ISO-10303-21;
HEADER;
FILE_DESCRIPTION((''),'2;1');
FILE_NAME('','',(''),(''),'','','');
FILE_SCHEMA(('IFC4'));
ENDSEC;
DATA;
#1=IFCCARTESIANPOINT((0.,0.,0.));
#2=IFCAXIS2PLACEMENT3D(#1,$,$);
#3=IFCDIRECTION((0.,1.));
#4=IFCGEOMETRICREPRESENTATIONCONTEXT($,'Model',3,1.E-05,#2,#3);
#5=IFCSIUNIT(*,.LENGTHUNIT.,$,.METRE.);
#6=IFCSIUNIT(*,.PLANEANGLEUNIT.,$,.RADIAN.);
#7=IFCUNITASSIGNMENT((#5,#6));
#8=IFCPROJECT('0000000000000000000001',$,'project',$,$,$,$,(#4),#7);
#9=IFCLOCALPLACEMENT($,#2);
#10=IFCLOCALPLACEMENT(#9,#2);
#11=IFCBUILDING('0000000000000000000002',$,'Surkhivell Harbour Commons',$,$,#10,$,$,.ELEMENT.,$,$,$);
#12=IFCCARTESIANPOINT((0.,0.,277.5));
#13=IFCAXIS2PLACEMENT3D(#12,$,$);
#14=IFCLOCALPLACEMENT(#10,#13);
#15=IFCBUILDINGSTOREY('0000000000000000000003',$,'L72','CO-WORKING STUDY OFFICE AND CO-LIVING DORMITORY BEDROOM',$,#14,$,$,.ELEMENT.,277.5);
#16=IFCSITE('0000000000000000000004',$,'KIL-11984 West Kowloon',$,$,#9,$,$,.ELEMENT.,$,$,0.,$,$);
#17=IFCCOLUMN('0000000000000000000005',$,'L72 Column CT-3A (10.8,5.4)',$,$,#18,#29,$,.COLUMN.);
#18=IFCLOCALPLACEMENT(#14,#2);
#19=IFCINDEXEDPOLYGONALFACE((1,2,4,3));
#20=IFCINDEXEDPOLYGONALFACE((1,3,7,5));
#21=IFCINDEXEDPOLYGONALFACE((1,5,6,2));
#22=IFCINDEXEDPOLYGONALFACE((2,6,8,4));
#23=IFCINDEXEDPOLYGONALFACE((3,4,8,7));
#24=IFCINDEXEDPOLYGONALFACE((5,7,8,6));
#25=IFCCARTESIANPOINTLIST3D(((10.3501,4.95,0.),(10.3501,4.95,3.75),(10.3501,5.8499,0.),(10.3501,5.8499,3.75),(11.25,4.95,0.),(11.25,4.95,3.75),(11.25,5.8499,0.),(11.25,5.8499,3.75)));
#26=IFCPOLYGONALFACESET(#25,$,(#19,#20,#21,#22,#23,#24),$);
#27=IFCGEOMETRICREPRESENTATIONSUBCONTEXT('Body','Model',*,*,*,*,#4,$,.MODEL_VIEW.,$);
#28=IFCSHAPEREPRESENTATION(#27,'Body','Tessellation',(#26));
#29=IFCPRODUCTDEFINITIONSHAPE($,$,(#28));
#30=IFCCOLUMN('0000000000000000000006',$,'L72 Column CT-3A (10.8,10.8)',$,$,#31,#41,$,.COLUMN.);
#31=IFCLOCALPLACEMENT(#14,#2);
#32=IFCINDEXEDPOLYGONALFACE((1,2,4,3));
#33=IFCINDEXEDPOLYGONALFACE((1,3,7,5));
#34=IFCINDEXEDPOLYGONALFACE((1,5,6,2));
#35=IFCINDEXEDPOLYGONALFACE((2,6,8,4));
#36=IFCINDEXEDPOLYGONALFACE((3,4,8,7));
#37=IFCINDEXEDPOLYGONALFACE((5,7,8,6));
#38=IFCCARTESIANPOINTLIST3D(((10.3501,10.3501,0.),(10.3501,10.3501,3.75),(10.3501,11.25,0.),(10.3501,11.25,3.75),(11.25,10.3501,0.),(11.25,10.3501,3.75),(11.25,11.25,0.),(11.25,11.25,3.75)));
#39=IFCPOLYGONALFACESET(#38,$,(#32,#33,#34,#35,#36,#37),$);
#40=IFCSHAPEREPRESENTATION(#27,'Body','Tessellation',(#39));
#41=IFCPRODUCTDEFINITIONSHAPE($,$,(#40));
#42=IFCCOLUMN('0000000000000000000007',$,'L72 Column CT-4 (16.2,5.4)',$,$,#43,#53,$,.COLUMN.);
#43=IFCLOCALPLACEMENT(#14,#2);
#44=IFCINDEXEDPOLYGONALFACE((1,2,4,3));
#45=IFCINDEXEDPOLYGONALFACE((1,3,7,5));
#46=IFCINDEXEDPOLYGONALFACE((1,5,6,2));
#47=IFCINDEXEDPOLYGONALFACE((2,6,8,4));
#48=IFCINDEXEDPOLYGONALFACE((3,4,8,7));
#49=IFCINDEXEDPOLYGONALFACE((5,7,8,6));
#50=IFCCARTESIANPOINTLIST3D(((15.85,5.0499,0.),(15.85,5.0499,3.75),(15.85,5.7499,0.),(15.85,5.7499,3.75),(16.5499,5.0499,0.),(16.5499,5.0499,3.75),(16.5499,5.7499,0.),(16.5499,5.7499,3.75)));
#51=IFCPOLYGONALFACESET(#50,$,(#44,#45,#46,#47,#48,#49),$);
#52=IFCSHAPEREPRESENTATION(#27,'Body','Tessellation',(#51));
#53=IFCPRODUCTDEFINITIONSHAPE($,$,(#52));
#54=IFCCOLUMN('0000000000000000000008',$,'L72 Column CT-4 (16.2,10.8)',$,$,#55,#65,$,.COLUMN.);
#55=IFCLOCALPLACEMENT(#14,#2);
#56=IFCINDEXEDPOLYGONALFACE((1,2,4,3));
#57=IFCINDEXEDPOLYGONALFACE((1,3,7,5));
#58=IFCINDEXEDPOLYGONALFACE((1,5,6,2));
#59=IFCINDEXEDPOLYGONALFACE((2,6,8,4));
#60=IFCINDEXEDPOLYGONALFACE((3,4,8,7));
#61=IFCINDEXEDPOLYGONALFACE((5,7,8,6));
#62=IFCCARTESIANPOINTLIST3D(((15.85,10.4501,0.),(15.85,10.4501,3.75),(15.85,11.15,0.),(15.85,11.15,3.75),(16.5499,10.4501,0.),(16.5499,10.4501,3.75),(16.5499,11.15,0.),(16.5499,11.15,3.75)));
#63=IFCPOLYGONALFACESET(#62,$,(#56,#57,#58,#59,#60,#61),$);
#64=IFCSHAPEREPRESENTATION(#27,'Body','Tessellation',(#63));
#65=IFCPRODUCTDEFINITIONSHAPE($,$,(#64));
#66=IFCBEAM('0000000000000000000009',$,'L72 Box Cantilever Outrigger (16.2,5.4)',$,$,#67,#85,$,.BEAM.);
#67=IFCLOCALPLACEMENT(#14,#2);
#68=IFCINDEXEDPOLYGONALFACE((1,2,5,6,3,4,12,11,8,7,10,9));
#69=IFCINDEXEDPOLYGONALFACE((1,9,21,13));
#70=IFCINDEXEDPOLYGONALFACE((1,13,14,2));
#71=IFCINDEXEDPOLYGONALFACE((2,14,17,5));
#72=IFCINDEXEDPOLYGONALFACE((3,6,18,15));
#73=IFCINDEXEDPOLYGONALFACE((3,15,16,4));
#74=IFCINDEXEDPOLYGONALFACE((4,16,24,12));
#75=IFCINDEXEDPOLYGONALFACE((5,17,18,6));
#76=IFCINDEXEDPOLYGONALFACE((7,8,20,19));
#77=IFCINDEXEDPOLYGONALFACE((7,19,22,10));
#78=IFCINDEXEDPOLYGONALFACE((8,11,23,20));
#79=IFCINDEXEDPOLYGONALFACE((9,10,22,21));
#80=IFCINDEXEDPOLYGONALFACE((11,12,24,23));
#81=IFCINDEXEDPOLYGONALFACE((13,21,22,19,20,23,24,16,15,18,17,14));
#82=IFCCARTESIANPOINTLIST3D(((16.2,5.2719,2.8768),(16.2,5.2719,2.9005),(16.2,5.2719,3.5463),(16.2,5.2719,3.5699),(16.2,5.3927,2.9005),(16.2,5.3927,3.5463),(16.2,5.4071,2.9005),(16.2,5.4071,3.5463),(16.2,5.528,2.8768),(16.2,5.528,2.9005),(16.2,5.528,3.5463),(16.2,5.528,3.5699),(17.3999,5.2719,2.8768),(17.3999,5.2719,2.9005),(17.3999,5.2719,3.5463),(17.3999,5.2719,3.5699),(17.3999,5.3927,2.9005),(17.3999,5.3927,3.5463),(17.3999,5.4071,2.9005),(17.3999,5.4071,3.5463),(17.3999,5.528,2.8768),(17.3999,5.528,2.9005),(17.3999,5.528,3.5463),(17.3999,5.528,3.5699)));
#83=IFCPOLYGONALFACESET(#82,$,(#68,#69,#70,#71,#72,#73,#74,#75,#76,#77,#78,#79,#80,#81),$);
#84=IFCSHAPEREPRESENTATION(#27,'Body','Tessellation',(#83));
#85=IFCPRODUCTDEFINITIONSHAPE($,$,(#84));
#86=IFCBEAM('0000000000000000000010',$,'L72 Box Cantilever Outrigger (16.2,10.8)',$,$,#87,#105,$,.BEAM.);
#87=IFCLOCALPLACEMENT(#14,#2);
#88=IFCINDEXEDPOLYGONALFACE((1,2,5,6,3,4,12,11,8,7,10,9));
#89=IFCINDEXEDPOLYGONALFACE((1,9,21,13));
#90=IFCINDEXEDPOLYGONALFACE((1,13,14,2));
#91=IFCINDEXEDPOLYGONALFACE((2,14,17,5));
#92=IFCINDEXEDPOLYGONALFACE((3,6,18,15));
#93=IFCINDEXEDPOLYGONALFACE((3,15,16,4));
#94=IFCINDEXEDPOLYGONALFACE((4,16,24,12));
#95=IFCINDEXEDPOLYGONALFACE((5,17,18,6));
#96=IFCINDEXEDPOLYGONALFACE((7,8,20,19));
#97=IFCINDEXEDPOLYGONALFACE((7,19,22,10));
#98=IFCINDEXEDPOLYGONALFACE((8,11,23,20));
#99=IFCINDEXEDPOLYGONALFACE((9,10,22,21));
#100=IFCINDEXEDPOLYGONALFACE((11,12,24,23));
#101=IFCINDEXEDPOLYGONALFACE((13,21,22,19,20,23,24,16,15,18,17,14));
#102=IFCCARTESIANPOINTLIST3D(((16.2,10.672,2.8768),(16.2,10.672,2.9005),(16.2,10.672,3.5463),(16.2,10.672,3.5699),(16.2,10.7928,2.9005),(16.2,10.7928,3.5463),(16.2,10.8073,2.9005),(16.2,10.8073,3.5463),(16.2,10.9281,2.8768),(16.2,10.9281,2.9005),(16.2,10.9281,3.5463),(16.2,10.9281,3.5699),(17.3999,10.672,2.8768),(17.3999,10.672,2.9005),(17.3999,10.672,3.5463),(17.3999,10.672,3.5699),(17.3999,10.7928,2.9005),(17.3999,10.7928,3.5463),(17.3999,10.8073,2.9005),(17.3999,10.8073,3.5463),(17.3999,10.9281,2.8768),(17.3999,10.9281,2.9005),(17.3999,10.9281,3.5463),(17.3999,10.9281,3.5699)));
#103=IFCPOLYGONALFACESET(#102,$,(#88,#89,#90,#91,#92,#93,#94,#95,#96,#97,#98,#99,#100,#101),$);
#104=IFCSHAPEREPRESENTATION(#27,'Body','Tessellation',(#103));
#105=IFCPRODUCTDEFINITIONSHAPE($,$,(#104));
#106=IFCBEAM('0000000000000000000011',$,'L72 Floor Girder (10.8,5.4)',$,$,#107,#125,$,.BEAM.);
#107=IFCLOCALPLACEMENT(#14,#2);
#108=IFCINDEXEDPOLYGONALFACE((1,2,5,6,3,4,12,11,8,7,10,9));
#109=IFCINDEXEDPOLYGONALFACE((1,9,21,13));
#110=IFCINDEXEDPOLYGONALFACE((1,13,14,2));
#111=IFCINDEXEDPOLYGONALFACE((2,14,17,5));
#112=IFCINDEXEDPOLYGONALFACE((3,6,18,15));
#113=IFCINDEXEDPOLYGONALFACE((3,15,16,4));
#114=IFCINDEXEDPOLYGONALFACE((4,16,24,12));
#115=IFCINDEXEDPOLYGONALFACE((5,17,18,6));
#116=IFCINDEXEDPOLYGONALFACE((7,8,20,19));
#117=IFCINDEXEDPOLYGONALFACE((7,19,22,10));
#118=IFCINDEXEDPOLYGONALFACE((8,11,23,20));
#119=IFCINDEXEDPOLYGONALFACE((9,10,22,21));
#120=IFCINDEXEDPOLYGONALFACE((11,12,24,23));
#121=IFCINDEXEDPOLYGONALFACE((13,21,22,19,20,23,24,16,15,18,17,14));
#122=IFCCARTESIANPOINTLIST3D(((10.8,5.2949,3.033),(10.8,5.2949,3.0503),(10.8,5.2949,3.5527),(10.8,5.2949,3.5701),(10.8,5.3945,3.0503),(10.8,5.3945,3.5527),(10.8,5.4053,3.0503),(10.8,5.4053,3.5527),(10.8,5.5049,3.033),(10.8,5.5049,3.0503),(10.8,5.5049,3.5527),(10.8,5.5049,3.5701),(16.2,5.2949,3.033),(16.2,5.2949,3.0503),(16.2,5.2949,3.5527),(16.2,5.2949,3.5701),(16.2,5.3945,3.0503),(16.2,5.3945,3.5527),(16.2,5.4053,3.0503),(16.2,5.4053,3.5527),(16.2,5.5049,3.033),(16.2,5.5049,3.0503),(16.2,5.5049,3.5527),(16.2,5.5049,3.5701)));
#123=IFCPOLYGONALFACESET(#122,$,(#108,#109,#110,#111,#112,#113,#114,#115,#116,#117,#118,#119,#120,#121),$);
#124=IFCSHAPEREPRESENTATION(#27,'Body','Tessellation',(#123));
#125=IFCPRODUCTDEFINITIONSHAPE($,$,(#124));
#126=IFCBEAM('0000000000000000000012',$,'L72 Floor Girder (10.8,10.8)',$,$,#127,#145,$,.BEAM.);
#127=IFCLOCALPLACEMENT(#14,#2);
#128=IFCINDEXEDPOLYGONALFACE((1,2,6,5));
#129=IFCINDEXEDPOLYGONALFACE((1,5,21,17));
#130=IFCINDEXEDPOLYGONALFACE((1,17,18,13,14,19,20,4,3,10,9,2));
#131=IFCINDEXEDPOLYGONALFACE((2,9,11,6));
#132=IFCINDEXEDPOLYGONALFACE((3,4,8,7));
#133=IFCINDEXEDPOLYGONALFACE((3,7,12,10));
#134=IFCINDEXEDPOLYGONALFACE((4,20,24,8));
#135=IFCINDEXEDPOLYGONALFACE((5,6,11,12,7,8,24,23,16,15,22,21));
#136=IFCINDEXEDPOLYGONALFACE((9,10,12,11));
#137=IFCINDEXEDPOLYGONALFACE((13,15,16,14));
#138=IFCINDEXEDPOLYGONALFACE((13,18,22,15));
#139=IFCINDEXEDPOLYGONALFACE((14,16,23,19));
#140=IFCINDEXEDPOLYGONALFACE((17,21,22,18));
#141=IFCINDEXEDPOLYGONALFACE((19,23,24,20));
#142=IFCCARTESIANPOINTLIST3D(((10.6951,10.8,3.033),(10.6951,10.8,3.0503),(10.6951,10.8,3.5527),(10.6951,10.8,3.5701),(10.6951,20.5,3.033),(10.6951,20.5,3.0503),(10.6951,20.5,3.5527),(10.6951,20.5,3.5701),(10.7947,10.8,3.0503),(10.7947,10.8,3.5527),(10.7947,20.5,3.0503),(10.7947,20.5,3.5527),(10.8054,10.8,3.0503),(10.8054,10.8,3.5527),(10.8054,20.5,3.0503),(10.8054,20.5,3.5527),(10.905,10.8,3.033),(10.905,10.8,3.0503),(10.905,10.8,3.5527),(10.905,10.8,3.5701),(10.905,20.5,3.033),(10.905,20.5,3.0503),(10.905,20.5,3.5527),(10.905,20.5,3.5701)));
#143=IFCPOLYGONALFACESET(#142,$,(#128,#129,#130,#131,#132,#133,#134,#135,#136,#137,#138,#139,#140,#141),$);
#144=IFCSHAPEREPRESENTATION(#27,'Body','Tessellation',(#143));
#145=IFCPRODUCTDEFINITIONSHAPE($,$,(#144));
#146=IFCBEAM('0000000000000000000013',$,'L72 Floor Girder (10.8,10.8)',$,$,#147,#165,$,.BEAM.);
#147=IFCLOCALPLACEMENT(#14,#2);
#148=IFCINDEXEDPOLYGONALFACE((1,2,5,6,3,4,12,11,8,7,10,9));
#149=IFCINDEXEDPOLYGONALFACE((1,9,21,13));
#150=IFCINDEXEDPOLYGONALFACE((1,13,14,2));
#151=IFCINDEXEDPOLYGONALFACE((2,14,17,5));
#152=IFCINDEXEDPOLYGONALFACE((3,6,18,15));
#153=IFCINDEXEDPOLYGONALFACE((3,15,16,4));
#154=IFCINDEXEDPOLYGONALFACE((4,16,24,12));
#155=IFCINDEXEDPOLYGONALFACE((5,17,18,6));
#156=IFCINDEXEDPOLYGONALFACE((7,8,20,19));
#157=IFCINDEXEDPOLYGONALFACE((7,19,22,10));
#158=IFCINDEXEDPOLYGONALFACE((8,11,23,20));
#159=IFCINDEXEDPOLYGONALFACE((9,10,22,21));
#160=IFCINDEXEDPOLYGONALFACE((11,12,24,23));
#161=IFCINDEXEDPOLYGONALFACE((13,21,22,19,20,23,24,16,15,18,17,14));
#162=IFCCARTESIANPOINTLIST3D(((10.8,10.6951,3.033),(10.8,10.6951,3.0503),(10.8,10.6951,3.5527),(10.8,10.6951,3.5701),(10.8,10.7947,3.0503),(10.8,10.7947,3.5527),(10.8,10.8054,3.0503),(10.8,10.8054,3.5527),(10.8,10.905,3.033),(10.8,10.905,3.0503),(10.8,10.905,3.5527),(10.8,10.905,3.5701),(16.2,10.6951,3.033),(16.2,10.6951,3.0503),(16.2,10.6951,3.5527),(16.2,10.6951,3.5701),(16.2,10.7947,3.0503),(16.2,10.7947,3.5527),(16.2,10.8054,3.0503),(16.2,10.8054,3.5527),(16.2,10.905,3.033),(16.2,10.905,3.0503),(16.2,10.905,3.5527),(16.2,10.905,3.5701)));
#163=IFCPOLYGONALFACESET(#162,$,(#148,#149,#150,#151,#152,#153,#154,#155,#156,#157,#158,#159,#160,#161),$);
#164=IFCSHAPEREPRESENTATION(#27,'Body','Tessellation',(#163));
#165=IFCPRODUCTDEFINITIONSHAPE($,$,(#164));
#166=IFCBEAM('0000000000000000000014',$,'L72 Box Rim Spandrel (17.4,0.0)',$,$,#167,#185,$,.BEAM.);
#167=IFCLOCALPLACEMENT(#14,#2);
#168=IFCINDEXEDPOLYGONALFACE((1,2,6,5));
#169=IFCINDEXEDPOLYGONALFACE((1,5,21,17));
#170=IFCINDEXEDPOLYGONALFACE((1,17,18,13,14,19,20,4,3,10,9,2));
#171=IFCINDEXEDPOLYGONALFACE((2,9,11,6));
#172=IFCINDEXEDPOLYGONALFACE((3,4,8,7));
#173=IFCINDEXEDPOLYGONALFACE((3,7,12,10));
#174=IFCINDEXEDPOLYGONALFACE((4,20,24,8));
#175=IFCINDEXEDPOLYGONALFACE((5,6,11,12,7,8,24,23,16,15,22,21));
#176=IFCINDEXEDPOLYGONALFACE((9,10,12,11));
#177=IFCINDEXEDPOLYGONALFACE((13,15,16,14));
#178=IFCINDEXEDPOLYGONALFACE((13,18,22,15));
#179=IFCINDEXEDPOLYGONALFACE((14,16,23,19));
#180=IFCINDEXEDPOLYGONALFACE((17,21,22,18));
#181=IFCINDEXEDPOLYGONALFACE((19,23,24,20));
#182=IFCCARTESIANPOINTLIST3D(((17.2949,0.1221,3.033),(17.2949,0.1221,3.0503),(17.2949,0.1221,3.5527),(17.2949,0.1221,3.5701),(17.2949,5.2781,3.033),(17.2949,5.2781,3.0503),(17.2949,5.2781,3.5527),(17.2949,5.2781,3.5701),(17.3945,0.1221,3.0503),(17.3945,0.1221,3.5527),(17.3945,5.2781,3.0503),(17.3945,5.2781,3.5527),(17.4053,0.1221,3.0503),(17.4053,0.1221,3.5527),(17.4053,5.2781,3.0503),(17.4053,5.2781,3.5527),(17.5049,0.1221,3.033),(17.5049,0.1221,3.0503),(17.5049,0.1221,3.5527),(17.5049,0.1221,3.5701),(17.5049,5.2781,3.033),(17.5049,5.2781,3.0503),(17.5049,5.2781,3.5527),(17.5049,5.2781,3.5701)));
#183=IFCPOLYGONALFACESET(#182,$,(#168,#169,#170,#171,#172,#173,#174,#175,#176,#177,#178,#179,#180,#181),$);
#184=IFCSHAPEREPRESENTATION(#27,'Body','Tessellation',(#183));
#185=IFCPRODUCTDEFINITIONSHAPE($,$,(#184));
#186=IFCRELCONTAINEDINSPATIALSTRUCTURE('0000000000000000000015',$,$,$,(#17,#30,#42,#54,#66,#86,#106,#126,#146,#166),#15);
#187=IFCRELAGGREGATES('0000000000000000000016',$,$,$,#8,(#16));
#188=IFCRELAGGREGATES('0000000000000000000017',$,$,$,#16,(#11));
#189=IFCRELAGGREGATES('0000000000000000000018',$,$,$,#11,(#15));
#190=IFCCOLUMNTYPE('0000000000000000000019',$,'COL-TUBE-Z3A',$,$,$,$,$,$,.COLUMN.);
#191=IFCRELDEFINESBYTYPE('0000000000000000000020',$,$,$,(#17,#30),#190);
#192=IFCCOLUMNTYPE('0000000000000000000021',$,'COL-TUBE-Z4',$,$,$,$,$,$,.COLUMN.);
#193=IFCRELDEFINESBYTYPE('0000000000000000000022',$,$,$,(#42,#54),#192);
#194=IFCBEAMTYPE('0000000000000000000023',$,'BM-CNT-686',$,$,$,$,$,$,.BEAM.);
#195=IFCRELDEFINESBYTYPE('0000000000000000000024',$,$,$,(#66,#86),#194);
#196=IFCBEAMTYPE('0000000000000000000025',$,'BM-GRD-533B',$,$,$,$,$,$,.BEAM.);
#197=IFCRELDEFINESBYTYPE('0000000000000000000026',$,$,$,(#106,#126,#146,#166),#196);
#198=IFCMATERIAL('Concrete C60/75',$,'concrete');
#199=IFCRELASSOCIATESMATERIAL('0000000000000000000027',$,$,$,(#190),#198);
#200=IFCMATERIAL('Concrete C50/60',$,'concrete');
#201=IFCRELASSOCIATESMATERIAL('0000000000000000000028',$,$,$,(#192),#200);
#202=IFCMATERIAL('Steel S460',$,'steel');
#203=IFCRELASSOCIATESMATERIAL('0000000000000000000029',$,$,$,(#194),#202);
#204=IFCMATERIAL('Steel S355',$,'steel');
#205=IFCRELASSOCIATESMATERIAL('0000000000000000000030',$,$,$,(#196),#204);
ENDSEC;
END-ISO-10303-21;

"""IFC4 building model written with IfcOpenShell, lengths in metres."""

from ifc_helpers import new_model, si_unit, direction, frame, origin, origin_2d, place, context, subcontext, project, spatial, rectangle, i_section, extrude, material, material_profile, profile_set, type_object, element, save


model = new_model("IFC4")

# Units and contexts
model_context = context("Model", 3, precision=1e-05, world=origin(), true_north=direction((0.0, 1.0)))
body_context = subcontext(model_context, "Body", "Model", "MODEL_VIEW")
ifc_project = project(units=[si_unit("LENGTHUNIT", "METRE"), si_unit("PLANEANGLEUNIT", "RADIAN")], contexts=[model_context])

# Site, building, storey
site_placement = place(None, origin())
site = spatial("IfcSite", under=ifc_project, at=site_placement, Name="KIL-11984 West Kowloon", CompositionType="ELEMENT", RefElevation=0.0)
building_placement = place(site_placement, origin())
building = spatial("IfcBuilding", under=site, at=building_placement, Name="Surkhivell Harbour Commons", CompositionType="ELEMENT")
storey_placement = place(building_placement, frame((0.0, 0.0, 277.5)))
storey = spatial("IfcBuildingStorey", under=building, at=storey_placement, Name="L72", Description="CO-WORKING STUDY OFFICE AND CO-LIVING DORMITORY BEDROOM", CompositionType="ELEMENT", Elevation=277.5)

# Columns
ifc_material_1 = material(Name="Concrete C60/75", Category="concrete")
ifc_material_profile_1 = material_profile(ifc_material_1, rectangle(XDim=0.8999, YDim=0.8999, at=origin_2d()), Name="RC-COL-900x900")
ifc_profile_set_1 = profile_set([ifc_material_profile_1], Name="Concrete C60/75")
column_type_1 = type_object("IfcColumnType", Name="COL-TUBE-Z3A", PredefinedType="COLUMN", material=ifc_profile_set_1)
for number, where, z_axis, x_axis, name in (
    (1, (10.8, 5.3999, 0.0), (0.0, 0.0, 1.0), (1.0, 0.0, 0.0), "L72 Column CT-3A (10.8,5.4)"),
    (2, (10.8, 10.8, 0.0), (0.0, 0.0, 1.0), (1.0, 0.0, 0.0), "L72 Column CT-3A (10.8,10.8)"),
):
    element("IfcColumn", number, at=place(storey_placement, frame(where, z_axis=z_axis, x_axis=x_axis)), inside=storey, type_object=column_type_1, Name=name, PredefinedType="COLUMN", context=body_context, shape_type="SweptSolid", body=[
        extrude(rectangle(XDim=0.8999, YDim=0.8999, at=origin_2d()), origin(), (0.0, 0.0, 1.0), 3.75),
    ])
ifc_material_2 = material(Name="Concrete C50/60", Category="concrete")
ifc_material_profile_2 = material_profile(ifc_material_2, rectangle(XDim=0.7, YDim=0.7, at=origin_2d()), Name="RC-COL-700x700")
ifc_profile_set_2 = profile_set([ifc_material_profile_2], Name="Concrete C50/60")
column_type_2 = type_object("IfcColumnType", Name="COL-TUBE-Z4", PredefinedType="COLUMN", material=ifc_profile_set_2)
for number, where, z_axis, x_axis, name in (
    (3, (16.2, 5.3999, 0.0), (0.0, 0.0, 1.0), (1.0, 0.0, 0.0), "L72 Column CT-4 (16.2,5.4)"),
    (4, (16.2, 10.8, 0.0), (0.0, 0.0, 1.0), (1.0, 0.0, 0.0), "L72 Column CT-4 (16.2,10.8)"),
):
    element("IfcColumn", number, at=place(storey_placement, frame(where, z_axis=z_axis, x_axis=x_axis)), inside=storey, type_object=column_type_2, Name=name, PredefinedType="COLUMN", context=body_context, shape_type="SweptSolid", body=[
        extrude(rectangle(XDim=0.7, YDim=0.7, at=origin_2d()), origin(), (0.0, 0.0, 1.0), 3.75),
    ])

# Beams
ifc_material_3 = material(Name="Steel S460", Category="steel")
ifc_material_profile_3 = material_profile(ifc_material_3, i_section(OverallWidth=0.2561, OverallDepth=0.6931, WebThickness=0.0144, FlangeThickness=0.0237, at=origin_2d()), Name="UB686x254x170")
ifc_profile_set_3 = profile_set([ifc_material_profile_3], Name="Steel S460")
beam_type_1 = type_object("IfcBeamType", Name="BM-CNT-686", PredefinedType="BEAM", material=ifc_profile_set_3)
for number, where, z_axis, x_axis, name in (
    (5, (16.2, 5.3999, 3.2234), (1.0, 0.0, 0.0), (0.0, 1.0, 0.0), "L72 Box Cantilever Outrigger (16.2,5.4)"),
    (6, (16.2, 10.8, 3.2234), (1.0, 0.0, 0.0), (0.0, 1.0, 0.0), "L72 Box Cantilever Outrigger (16.2,10.8)"),
):
    element("IfcBeam", number, at=place(storey_placement, frame(where, z_axis=z_axis, x_axis=x_axis)), inside=storey, type_object=beam_type_1, Name=name, PredefinedType="BEAM", context=body_context, shape_type="SweptSolid", body=[
        extrude(i_section(OverallWidth=0.2561, OverallDepth=0.6931, WebThickness=0.0144, FlangeThickness=0.0237, at=origin_2d()), origin(), (0.0, 0.0, 1.0), 1.2),
    ])
ifc_material_4 = material(Name="Steel S355", Category="steel")
ifc_material_profile_4 = material_profile(ifc_material_4, i_section(OverallWidth=0.21, OverallDepth=0.5371, WebThickness=0.0107, FlangeThickness=0.0173, at=origin_2d()), Name="UB533x210x101")
ifc_profile_set_4 = profile_set([ifc_material_profile_4], Name="Steel S355")
beam_type_2 = type_object("IfcBeamType", Name="BM-GRD-533B", PredefinedType="BEAM", material=ifc_profile_set_4)
beam_1_placement = place(storey_placement, frame((10.8, 5.3999, 3.3015), z_axis=(1.0, 0.0, 0.0), x_axis=(0.0, 1.0, 0.0)))
element("IfcBeam", 7, at=beam_1_placement, inside=storey, type_object=beam_type_2, Name="L72 Floor Girder (10.8,5.4)", PredefinedType="BEAM", context=body_context, shape_type="SweptSolid", body=[
    extrude(i_section(OverallWidth=0.21, OverallDepth=0.5371, WebThickness=0.0107, FlangeThickness=0.0173, at=origin_2d()), origin(), (0.0, 0.0, 1.0), 5.3999),
])
beam_2_placement = place(storey_placement, frame((10.8, 10.8, 3.3015), z_axis=(0.0, 1.0, 0.0), x_axis=(-1.0, 0.0, 0.0)))
element("IfcBeam", 8, at=beam_2_placement, inside=storey, type_object=beam_type_2, Name="L72 Floor Girder (10.8,10.8)", PredefinedType="BEAM", context=body_context, shape_type="SweptSolid", body=[
    extrude(i_section(OverallWidth=0.21, OverallDepth=0.5371, WebThickness=0.0107, FlangeThickness=0.0173, at=origin_2d()), origin(), (0.0, 0.0, 1.0), 9.7),
])
beam_3_placement = place(storey_placement, frame((10.8, 10.8, 3.3015), z_axis=(1.0, 0.0, 0.0), x_axis=(0.0, 1.0, 0.0)))
element("IfcBeam", 9, at=beam_3_placement, inside=storey, type_object=beam_type_2, Name="L72 Floor Girder (10.8,10.8)", PredefinedType="BEAM", context=body_context, shape_type="SweptSolid", body=[
    extrude(i_section(OverallWidth=0.21, OverallDepth=0.5371, WebThickness=0.0107, FlangeThickness=0.0173, at=origin_2d()), origin(), (0.0, 0.0, 1.0), 5.3999),
])
for number, where, z_axis, x_axis, name in (
    (10, (17.3999, 0.1221, 3.3015), (0.0, 1.0, 0.0), (-1.0, 0.0, 0.0), "L72 Box Rim Spandrel (17.4,0.0)"),
):
    element("IfcBeam", number, at=place(storey_placement, frame(where, z_axis=z_axis, x_axis=x_axis)), inside=storey, type_object=beam_type_2, Name=name, PredefinedType="BEAM", context=body_context, shape_type="SweptSolid", body=[
        extrude(i_section(OverallWidth=0.21, OverallDepth=0.5371, WebThickness=0.0107, FlangeThickness=0.0173, at=origin_2d()), origin(), (0.0, 0.0, 1.0), 5.156),
    ])

save(model, "model.ifc")
